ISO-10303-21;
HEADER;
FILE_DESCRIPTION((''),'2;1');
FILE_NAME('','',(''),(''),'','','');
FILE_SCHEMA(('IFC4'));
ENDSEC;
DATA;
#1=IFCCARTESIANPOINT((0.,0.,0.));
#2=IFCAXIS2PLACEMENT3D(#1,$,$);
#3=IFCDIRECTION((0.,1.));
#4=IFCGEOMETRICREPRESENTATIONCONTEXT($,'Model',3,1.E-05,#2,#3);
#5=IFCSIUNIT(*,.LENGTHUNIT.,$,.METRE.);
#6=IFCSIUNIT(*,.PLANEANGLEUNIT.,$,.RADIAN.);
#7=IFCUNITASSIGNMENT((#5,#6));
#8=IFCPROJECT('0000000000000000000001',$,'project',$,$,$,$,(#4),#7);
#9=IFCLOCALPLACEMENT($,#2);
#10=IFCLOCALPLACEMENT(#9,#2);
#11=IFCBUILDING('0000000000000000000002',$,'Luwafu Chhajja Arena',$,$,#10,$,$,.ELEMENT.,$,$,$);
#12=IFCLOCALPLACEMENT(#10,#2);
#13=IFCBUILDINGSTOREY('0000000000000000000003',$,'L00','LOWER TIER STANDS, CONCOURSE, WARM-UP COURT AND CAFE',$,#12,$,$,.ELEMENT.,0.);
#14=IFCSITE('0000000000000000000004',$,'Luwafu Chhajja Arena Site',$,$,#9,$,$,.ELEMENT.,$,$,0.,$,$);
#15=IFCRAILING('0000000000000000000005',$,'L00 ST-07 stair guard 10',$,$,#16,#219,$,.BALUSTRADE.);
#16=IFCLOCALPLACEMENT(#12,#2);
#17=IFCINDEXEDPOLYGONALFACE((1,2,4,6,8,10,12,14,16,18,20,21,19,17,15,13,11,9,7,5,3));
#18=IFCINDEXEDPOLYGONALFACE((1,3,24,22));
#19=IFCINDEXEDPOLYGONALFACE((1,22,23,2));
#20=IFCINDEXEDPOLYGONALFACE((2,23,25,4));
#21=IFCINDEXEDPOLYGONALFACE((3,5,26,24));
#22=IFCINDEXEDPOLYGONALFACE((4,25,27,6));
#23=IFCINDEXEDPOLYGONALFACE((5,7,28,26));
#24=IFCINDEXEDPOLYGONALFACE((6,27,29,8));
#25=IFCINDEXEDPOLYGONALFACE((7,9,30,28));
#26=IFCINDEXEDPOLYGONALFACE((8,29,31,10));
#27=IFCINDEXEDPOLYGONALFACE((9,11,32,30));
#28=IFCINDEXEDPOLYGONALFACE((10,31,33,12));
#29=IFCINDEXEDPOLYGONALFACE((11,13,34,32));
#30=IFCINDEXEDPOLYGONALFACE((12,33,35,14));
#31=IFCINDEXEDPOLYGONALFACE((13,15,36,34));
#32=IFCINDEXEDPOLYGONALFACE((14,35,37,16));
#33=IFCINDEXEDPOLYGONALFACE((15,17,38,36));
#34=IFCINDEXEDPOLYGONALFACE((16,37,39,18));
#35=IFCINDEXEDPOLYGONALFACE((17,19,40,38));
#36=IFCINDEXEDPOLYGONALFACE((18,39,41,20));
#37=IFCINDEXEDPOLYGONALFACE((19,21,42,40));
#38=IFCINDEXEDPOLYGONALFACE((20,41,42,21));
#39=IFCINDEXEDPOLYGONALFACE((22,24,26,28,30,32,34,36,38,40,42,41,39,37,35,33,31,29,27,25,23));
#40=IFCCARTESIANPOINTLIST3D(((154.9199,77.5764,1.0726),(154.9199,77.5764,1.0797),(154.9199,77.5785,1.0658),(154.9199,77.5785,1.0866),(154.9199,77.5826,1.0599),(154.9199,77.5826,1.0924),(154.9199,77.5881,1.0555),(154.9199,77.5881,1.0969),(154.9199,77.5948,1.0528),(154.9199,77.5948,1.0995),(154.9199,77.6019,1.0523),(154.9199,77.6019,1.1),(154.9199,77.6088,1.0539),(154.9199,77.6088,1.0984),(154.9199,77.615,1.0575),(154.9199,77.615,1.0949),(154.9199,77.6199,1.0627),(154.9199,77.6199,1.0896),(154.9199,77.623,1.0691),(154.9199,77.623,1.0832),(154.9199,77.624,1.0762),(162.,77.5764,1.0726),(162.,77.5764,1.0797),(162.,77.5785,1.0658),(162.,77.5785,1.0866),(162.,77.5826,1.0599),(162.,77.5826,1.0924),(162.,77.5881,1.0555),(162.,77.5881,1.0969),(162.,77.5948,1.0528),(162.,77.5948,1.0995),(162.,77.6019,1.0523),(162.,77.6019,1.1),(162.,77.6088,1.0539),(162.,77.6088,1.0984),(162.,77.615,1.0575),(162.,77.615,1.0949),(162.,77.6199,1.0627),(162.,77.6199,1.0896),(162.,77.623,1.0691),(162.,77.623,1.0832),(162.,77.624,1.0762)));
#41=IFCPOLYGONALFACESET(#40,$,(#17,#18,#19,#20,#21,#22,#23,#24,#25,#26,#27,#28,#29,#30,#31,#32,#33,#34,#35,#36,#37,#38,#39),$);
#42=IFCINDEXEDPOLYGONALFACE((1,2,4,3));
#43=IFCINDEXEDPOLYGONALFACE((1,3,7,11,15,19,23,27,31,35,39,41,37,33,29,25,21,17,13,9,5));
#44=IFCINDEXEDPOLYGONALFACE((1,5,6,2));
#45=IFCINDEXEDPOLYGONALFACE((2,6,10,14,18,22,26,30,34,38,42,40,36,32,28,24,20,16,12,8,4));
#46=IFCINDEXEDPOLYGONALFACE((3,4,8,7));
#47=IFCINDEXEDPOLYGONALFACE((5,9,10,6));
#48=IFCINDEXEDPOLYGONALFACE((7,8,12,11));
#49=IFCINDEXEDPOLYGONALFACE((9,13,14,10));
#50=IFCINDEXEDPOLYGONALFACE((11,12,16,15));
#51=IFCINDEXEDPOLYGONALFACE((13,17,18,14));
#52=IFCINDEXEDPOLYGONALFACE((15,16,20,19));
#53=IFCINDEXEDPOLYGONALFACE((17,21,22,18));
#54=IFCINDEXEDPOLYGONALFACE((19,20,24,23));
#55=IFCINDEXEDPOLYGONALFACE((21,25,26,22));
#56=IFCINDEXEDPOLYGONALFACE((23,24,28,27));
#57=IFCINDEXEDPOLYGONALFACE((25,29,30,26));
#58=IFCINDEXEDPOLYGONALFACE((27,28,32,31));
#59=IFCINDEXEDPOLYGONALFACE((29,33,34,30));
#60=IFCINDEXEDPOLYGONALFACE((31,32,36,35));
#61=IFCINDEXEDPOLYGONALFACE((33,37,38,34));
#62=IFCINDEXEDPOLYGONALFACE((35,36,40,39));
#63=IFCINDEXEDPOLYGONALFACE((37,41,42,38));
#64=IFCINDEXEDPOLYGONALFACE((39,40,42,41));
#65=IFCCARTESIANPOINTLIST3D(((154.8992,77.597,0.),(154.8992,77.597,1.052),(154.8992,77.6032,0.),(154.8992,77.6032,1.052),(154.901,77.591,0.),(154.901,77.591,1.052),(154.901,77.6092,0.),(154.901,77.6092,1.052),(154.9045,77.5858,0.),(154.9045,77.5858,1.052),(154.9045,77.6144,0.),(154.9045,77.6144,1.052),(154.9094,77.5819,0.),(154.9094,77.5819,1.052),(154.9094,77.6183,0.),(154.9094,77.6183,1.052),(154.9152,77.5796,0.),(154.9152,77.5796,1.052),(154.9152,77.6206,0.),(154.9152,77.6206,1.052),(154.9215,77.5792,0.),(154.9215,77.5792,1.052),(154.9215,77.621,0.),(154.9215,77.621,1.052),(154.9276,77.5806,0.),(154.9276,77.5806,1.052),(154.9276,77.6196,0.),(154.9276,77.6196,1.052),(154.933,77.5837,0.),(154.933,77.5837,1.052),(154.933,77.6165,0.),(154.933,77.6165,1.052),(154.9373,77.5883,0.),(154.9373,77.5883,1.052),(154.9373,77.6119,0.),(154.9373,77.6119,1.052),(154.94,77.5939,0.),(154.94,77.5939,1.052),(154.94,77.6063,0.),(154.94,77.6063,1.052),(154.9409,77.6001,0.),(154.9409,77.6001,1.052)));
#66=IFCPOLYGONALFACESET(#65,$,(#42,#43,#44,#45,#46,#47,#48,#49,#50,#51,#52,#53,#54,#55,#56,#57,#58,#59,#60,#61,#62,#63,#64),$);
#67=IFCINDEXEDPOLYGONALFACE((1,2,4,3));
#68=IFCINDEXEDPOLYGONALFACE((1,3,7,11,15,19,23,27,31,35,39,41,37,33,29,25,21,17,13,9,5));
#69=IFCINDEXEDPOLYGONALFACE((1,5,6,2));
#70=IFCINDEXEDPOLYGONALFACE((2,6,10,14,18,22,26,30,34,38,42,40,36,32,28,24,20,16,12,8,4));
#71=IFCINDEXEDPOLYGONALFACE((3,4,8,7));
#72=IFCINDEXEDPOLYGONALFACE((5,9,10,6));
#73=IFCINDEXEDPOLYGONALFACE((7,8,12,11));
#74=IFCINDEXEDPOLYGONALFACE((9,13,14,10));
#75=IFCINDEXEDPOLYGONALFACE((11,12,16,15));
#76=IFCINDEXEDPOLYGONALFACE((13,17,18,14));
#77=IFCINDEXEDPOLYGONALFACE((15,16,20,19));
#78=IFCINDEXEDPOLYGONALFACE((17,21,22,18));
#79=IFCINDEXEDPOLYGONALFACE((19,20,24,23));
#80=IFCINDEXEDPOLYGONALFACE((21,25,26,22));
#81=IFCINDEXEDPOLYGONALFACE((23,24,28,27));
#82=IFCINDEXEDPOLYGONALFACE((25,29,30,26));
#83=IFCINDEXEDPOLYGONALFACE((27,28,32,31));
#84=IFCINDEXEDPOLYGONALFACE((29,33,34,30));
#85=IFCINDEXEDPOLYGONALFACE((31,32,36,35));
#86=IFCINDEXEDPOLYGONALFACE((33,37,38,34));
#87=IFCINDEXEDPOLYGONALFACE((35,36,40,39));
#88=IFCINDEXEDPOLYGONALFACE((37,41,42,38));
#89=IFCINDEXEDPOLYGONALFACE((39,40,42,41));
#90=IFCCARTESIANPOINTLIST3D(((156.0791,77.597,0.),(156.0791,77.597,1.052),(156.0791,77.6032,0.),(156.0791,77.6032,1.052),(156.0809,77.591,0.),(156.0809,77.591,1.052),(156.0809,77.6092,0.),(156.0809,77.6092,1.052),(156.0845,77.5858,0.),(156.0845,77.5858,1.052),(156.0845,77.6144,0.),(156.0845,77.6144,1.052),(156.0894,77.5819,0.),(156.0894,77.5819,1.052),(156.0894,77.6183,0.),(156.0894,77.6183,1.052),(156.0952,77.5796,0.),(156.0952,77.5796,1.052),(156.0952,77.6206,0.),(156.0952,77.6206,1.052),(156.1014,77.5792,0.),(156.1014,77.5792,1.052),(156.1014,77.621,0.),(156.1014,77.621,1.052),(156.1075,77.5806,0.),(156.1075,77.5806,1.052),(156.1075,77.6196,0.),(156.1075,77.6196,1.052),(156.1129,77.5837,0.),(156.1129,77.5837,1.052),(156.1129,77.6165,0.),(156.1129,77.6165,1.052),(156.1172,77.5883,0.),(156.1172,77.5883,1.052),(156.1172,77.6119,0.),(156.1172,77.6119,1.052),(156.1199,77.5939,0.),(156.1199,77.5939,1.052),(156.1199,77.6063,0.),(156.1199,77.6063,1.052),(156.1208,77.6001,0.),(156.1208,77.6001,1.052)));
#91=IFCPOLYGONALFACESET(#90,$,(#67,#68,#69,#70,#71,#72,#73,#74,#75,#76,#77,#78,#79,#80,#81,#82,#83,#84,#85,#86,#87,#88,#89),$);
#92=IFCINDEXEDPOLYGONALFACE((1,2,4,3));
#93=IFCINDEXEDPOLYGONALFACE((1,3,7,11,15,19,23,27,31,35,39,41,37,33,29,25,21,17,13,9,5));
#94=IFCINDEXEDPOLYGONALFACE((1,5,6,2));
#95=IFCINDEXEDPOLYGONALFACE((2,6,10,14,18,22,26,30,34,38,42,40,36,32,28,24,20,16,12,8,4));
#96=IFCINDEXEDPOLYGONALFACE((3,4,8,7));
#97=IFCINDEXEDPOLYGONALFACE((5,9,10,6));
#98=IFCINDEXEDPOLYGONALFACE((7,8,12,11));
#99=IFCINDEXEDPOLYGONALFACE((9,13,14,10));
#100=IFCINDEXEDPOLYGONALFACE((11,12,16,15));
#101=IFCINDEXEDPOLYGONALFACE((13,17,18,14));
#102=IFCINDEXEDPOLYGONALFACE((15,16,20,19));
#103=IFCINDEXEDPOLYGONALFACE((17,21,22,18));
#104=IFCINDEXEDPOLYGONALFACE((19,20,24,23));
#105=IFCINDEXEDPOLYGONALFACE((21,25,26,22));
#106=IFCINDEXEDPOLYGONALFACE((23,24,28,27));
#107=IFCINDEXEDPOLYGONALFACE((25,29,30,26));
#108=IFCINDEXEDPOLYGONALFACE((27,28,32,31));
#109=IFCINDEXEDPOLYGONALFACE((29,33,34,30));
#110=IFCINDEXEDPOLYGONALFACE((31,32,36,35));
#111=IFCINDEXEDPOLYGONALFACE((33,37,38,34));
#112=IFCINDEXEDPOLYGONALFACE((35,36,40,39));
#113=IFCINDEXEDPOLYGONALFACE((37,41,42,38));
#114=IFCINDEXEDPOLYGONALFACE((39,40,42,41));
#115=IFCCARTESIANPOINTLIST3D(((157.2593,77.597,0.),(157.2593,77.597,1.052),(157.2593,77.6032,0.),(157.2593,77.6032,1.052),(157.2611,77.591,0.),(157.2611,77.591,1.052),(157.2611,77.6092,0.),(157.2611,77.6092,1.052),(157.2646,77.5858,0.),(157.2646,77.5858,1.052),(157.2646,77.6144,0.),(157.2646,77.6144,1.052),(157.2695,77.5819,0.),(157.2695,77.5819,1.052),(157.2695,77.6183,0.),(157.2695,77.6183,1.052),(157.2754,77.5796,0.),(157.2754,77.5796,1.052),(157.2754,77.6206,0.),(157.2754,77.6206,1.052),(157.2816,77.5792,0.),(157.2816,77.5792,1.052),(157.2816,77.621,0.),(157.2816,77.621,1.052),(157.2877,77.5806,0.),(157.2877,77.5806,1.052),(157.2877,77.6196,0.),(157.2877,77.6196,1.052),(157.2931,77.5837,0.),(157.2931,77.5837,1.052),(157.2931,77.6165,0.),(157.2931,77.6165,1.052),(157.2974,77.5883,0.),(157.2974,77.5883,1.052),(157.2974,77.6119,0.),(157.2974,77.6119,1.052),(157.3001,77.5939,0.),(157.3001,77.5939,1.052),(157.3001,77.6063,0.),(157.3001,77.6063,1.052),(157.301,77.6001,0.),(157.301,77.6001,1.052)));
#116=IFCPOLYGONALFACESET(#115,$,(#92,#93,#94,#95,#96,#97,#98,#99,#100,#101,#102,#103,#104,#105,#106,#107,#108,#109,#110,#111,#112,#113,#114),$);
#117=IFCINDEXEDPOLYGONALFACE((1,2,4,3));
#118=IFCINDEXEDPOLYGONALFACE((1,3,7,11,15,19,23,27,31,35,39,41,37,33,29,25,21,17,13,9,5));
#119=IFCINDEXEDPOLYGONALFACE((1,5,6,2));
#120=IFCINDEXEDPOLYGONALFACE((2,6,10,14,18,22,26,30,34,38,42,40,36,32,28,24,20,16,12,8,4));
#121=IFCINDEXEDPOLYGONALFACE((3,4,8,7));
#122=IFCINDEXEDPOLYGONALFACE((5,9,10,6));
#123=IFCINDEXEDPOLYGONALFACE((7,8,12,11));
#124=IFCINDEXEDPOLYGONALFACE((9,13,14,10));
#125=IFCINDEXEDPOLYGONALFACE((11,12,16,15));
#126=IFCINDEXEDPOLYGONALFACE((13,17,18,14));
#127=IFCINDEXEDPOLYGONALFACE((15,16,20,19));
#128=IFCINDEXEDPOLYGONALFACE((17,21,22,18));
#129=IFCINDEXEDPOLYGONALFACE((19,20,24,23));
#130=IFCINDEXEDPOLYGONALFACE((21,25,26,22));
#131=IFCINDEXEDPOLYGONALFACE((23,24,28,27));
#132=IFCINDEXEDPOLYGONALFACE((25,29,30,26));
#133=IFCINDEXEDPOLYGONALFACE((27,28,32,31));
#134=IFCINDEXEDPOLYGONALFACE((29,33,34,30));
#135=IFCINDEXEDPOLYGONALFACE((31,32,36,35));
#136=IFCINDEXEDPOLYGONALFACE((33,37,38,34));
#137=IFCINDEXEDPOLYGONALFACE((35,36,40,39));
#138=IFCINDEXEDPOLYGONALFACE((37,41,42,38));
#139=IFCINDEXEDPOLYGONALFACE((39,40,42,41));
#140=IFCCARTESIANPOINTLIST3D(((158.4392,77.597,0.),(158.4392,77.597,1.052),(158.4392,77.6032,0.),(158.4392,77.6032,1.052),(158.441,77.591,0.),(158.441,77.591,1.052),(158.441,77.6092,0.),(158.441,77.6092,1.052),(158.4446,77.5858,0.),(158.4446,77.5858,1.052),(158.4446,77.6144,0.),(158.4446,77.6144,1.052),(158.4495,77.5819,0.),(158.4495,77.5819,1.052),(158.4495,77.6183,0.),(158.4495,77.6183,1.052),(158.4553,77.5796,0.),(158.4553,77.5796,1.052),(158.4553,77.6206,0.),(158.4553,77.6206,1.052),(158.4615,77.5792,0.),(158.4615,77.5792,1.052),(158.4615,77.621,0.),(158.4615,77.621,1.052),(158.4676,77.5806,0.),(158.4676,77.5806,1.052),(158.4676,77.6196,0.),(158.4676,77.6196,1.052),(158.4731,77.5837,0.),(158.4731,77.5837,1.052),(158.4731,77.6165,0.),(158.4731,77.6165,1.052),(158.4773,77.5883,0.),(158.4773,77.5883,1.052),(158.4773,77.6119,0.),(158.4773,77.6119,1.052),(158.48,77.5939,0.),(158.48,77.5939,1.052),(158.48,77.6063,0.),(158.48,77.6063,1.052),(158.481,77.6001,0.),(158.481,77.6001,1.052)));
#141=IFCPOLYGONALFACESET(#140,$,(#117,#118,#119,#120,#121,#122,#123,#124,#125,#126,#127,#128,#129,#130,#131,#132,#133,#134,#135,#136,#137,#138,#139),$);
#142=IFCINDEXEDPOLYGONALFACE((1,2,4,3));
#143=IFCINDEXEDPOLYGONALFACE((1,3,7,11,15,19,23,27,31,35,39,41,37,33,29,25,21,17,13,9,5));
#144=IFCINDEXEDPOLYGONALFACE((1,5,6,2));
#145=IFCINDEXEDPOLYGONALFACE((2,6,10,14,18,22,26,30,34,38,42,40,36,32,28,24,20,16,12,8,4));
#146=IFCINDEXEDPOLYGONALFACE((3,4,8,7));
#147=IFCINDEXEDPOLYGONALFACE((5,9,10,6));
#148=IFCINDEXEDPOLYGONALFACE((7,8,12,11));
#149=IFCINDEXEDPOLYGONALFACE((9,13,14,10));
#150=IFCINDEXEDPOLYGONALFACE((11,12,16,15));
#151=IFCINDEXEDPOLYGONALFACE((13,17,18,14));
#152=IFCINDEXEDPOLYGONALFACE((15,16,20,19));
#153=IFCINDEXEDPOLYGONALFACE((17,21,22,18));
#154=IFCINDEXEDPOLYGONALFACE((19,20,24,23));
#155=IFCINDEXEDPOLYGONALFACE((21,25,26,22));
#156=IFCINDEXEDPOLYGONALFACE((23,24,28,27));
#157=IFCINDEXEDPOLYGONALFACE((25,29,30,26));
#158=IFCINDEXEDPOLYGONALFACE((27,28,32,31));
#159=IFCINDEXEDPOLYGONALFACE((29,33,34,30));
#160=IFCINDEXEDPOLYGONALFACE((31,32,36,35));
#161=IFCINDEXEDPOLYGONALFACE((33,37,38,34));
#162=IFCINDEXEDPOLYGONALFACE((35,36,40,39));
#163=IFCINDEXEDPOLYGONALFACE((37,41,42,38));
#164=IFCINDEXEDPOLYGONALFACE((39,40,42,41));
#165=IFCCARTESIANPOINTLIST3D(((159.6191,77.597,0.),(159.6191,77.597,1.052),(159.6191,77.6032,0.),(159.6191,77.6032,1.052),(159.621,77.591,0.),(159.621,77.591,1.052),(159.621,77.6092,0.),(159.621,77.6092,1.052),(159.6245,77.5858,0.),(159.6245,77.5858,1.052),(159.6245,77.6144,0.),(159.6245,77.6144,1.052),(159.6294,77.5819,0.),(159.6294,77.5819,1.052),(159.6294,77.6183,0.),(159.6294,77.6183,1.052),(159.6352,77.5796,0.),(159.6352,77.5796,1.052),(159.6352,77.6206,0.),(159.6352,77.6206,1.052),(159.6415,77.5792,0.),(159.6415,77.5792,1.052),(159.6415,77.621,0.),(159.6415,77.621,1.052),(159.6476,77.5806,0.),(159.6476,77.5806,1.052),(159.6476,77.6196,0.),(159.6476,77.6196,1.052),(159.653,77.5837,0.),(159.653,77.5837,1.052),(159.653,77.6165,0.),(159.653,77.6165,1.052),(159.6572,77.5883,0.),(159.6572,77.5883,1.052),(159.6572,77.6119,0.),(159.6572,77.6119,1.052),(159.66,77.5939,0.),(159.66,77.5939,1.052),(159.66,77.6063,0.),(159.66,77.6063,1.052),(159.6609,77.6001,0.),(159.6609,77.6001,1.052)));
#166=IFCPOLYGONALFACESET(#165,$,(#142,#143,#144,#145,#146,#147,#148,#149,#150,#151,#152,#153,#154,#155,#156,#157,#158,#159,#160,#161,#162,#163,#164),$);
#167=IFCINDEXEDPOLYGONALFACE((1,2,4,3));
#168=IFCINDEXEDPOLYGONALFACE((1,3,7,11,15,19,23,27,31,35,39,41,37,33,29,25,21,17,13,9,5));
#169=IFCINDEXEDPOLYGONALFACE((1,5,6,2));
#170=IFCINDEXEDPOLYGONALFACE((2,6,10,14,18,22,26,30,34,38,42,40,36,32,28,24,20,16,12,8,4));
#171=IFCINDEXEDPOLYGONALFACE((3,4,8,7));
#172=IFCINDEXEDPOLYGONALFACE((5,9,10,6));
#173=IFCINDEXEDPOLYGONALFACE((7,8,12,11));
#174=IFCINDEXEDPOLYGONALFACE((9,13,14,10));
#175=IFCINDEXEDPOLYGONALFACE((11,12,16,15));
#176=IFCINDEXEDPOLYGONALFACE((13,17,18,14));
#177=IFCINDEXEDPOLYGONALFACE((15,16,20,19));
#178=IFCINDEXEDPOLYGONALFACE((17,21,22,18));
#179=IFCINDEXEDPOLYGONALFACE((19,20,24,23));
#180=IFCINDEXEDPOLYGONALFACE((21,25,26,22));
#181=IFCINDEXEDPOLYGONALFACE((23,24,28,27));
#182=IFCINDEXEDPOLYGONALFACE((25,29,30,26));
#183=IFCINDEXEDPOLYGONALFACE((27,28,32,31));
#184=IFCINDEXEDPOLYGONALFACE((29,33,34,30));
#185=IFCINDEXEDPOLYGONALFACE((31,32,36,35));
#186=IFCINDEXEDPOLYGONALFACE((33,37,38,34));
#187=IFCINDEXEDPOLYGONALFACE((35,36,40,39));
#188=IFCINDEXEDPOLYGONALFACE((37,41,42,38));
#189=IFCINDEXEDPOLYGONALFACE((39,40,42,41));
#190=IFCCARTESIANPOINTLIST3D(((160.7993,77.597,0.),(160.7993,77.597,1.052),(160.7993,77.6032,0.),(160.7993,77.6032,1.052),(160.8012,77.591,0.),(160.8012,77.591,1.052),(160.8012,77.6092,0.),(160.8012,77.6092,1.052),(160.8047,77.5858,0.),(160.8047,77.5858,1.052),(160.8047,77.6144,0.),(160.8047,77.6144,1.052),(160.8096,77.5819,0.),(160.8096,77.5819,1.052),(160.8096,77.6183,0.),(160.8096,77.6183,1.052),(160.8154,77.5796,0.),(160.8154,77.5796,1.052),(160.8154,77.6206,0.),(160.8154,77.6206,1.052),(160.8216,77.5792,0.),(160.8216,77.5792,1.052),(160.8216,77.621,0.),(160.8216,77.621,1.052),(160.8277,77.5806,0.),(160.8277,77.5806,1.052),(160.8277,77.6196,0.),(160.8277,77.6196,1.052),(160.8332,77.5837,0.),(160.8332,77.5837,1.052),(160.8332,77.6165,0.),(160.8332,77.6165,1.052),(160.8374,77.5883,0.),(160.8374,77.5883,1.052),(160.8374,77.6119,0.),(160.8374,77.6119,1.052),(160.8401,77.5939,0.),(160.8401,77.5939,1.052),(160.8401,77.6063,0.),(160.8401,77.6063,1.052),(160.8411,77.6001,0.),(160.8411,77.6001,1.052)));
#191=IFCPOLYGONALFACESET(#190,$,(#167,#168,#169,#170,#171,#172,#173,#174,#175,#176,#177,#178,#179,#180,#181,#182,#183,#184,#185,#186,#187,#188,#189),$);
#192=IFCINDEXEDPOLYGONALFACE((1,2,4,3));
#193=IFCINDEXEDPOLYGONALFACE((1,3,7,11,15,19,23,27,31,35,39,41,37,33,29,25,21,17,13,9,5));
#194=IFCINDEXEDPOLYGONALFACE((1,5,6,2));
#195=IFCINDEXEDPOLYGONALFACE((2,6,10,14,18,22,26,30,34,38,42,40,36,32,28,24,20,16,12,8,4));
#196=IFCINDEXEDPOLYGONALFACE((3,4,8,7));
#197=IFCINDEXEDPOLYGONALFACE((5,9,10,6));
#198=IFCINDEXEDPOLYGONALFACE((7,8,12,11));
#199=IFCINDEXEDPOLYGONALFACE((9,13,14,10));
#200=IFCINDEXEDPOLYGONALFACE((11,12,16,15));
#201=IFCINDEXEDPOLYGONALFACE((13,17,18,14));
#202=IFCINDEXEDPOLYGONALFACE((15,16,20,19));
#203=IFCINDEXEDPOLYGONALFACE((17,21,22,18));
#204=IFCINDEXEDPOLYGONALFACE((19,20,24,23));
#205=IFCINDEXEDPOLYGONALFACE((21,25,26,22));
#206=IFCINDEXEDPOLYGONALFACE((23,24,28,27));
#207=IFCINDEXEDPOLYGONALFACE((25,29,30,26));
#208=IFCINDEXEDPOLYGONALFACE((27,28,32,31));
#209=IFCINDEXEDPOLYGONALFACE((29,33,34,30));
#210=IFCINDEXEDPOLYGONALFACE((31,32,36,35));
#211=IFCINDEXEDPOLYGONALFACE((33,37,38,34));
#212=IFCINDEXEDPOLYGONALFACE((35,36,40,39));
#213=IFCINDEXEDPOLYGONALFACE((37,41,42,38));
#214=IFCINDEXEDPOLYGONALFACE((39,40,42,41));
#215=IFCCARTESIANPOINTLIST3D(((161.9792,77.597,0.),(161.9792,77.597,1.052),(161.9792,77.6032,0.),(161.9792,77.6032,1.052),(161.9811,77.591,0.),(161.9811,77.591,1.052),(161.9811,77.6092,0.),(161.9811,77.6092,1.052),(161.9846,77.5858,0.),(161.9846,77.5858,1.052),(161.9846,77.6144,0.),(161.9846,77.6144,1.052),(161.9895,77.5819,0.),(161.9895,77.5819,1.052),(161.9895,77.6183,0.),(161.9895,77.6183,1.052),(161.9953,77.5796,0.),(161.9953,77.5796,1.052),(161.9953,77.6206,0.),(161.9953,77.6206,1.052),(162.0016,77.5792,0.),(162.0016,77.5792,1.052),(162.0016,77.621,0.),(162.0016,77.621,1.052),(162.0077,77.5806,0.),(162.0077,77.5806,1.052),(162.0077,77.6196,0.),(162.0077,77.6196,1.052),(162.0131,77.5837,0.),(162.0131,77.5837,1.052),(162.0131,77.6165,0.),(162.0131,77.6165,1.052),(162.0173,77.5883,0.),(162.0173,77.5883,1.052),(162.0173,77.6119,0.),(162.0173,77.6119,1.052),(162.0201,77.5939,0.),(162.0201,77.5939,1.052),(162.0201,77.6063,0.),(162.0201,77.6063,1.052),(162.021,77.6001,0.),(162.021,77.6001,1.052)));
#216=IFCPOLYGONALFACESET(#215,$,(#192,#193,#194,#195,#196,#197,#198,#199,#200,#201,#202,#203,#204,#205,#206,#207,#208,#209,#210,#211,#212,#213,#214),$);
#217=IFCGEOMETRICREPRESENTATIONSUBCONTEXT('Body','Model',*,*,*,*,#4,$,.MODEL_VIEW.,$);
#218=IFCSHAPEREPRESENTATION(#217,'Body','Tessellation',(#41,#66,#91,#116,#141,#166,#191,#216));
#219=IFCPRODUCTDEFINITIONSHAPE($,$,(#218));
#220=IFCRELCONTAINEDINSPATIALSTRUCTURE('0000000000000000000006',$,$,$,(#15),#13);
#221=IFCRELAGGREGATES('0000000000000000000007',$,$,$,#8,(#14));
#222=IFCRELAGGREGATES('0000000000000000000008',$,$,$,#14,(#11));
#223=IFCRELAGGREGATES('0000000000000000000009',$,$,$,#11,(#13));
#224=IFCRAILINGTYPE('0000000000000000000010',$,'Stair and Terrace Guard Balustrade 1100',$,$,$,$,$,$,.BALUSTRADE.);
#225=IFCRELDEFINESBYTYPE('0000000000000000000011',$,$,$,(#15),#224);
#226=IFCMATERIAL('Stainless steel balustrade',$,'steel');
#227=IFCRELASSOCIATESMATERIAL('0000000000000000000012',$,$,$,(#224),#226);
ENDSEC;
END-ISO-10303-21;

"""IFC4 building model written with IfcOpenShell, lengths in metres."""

from ifc_helpers import new_model, si_unit, direction, frame, origin, origin_2d, place, context, subcontext, project, spatial, circle, extrude, material, type_object, element, save


model = new_model("IFC4")

# Units and contexts
model_context = context("Model", 3, precision=1e-05, world=origin(), true_north=direction((0.0, 1.0)))
body_context = subcontext(model_context, "Body", "Model", "MODEL_VIEW")
ifc_project = project(units=[si_unit("LENGTHUNIT", "METRE"), si_unit("PLANEANGLEUNIT", "RADIAN")], contexts=[model_context])

# Site, building, storey
site_placement = place(None, origin())
site = spatial("IfcSite", under=ifc_project, at=site_placement, Name="Luwafu Chhajja Arena Site", CompositionType="ELEMENT", RefElevation=0.0)
building_placement = place(site_placement, origin())
building = spatial("IfcBuilding", under=site, at=building_placement, Name="Luwafu Chhajja Arena", CompositionType="ELEMENT")
storey_placement = place(building_placement, origin())
storey = spatial("IfcBuildingStorey", under=building, at=storey_placement, Name="L00", Description="LOWER TIER STANDS, CONCOURSE, WARM-UP COURT AND CAFE", CompositionType="ELEMENT", Elevation=0.0)

# Railing
ifc_material_1 = material(Name="Stainless steel balustrade", Category="steel")
railing_type_1 = type_object("IfcRailingType", Name="Stair and Terrace Guard Balustrade 1100", PredefinedType="BALUSTRADE", material=ifc_material_1)
for number, where, name in (
    (1, (154.9199, 77.6001, 0.0), "L00 ST-07 stair guard 10"),
):
    element("IfcRailing", number, at=place(storey_placement, frame(where)), inside=storey, type_object=railing_type_1, Name=name, PredefinedType="BALUSTRADE", context=body_context, shape_type="SweptSolid", body=[
        extrude(circle(Radius=0.0239, at=origin_2d()), frame((0.0, 0.0, 1.0762), z_axis=(1.0, 0.0, 0.0), x_axis=(0.0, 1.0, 0.0)), (0.0, 0.0, 1.0), 7.0801),
        extrude(circle(Radius=0.021, at=origin_2d()), origin(), (0.0, 0.0, 1.0), 1.052),
        extrude(circle(Radius=0.021, at=origin_2d()), frame((1.1799, 0.0, 0.0)), (0.0, 0.0, 1.0), 1.052),
        extrude(circle(Radius=0.021, at=origin_2d()), frame((2.3601, 0.0, 0.0)), (0.0, 0.0, 1.0), 1.052),
        extrude(circle(Radius=0.021, at=origin_2d()), frame((3.54, 0.0, 0.0)), (0.0, 0.0, 1.0), 1.052),
        extrude(circle(Radius=0.021, at=origin_2d()), frame((4.72, 0.0, 0.0)), (0.0, 0.0, 1.0), 1.052),
        extrude(circle(Radius=0.021, at=origin_2d()), frame((5.9001, 0.0, 0.0)), (0.0, 0.0, 1.0), 1.052),
        extrude(circle(Radius=0.021, at=origin_2d()), frame((7.0801, 0.0, 0.0)), (0.0, 0.0, 1.0), 1.052),
    ])

save(model, "model.ifc")
